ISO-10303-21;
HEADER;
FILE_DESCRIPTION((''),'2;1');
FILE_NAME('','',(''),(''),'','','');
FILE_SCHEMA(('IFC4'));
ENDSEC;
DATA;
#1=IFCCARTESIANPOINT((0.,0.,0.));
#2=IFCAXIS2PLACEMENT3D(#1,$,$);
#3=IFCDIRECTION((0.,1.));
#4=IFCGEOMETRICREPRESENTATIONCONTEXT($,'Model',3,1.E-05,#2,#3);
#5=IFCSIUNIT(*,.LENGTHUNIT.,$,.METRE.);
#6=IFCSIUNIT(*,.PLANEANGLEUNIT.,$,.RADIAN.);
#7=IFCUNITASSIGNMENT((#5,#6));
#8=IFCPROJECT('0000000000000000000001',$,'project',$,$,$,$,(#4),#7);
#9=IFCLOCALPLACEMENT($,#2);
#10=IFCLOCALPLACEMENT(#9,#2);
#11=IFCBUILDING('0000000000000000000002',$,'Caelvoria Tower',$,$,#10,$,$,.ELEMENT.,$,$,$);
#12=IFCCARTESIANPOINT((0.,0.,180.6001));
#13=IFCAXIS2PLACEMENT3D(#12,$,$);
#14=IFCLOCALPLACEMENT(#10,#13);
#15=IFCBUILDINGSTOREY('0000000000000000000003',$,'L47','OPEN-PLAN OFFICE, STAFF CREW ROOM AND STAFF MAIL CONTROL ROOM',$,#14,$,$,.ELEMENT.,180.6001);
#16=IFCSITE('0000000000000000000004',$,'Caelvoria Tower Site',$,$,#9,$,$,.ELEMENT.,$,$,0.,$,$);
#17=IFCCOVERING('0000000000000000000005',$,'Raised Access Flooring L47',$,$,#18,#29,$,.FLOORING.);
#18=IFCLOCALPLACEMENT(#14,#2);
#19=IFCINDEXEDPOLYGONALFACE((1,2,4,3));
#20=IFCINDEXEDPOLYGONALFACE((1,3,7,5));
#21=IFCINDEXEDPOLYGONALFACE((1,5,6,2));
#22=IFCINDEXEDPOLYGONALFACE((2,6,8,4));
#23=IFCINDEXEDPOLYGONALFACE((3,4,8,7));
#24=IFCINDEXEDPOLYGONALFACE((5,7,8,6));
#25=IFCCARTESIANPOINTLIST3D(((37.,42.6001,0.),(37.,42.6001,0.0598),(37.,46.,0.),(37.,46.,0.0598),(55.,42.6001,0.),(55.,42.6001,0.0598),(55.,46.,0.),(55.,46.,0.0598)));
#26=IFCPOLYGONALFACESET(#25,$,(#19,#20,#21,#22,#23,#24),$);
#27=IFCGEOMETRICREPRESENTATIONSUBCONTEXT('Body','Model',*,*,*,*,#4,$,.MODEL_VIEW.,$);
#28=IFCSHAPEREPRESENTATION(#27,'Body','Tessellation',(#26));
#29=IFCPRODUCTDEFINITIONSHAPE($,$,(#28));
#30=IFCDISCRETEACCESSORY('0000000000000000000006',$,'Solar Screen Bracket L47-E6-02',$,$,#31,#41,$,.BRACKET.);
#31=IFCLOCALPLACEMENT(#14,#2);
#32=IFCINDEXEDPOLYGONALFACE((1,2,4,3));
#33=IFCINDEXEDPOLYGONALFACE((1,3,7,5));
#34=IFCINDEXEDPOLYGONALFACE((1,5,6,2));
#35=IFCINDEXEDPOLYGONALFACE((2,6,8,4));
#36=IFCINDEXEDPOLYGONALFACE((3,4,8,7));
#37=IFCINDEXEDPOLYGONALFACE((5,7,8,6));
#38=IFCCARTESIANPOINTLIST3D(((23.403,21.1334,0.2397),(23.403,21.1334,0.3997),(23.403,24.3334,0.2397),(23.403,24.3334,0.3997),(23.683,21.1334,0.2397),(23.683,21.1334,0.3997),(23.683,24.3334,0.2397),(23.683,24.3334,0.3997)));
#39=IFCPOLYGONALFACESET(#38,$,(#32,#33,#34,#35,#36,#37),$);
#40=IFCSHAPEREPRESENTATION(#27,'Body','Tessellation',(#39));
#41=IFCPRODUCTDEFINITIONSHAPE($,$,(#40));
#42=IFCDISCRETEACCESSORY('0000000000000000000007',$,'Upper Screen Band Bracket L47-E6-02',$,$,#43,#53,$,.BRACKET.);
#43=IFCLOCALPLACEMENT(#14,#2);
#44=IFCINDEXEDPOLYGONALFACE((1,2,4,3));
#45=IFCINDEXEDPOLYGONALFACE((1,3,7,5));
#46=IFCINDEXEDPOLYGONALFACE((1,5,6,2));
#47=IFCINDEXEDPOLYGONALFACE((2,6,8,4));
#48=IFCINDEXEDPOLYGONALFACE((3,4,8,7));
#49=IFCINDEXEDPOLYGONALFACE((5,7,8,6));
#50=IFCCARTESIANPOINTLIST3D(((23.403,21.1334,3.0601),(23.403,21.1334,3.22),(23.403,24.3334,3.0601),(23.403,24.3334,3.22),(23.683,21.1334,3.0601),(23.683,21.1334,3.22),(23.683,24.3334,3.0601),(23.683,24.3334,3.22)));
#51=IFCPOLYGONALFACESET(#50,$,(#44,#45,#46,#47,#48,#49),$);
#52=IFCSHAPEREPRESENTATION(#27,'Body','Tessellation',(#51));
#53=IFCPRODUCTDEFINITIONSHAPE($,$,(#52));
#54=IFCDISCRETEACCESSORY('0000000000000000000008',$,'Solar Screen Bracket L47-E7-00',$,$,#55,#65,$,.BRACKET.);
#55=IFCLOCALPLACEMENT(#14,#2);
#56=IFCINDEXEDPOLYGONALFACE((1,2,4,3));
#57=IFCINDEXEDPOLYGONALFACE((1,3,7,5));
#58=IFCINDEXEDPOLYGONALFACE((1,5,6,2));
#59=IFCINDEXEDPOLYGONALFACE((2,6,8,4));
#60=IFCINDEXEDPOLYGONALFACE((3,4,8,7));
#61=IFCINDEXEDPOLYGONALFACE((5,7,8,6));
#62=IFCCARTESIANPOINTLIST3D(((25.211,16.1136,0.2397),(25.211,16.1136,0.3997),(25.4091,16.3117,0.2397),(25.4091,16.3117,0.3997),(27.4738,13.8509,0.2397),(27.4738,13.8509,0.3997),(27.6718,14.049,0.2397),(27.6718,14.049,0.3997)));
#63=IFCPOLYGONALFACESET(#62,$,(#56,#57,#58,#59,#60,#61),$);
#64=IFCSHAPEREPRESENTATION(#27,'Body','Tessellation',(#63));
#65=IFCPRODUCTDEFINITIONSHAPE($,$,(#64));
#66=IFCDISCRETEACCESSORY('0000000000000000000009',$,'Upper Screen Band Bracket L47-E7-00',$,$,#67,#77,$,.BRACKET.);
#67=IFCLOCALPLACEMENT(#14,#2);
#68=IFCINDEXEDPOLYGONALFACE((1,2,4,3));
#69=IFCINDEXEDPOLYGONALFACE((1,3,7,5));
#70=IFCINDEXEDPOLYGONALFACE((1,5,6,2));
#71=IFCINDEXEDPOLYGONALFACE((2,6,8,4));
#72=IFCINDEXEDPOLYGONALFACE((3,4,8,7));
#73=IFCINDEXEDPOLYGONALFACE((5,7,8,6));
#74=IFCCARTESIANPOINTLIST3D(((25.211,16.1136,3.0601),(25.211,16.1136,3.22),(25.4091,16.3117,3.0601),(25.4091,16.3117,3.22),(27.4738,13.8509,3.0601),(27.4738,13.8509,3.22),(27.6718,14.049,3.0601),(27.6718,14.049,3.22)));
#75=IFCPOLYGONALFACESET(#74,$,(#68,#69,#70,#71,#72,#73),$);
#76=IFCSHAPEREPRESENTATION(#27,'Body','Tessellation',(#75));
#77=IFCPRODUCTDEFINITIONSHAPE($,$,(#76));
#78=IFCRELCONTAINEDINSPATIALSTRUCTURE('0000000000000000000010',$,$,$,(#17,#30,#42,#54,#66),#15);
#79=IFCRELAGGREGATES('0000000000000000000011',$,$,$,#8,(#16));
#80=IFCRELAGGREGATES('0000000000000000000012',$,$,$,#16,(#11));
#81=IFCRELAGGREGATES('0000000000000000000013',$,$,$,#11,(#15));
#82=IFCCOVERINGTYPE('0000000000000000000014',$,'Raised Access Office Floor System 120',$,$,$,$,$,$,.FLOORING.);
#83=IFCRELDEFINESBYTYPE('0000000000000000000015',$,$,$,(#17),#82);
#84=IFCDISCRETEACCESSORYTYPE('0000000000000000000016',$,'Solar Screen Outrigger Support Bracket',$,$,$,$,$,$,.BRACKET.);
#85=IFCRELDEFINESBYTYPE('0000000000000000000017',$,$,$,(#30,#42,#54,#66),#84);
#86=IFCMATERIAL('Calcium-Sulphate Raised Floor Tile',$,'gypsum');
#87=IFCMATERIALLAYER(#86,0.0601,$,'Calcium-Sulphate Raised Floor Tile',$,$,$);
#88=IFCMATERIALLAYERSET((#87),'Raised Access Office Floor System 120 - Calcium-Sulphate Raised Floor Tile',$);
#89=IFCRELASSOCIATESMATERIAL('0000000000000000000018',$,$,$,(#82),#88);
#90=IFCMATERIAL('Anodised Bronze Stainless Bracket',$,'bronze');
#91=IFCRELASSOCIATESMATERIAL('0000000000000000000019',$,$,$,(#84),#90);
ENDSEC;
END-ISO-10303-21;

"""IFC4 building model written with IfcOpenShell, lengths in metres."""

from ifc_helpers import new_model, si_unit, direction, frame, origin, origin_2d, place, context, subcontext, project, spatial, polyline, rectangle, outline, extrude, material, layer, layer_set, type_object, element, save


model = new_model("IFC4")

# Units and contexts
model_context = context("Model", 3, precision=1e-05, world=origin(), true_north=direction((0.0, 1.0)))
body_context = subcontext(model_context, "Body", "Model", "MODEL_VIEW")
ifc_project = project(units=[si_unit("LENGTHUNIT", "METRE"), si_unit("PLANEANGLEUNIT", "RADIAN")], contexts=[model_context])

# Site, building, storey
site_placement = place(None, origin())
site = spatial("IfcSite", under=ifc_project, at=site_placement, Name="Caelvoria Tower Site", CompositionType="ELEMENT", RefElevation=0.0)
building_placement = place(site_placement, origin())
building = spatial("IfcBuilding", under=site, at=building_placement, Name="Caelvoria Tower", CompositionType="ELEMENT")
storey_placement = place(building_placement, frame((0.0, 0.0, 180.6001)))
storey = spatial("IfcBuildingStorey", under=building, at=storey_placement, Name="L47", Description="OPEN-PLAN OFFICE, STAFF CREW ROOM AND STAFF MAIL CONTROL ROOM", CompositionType="ELEMENT", Elevation=180.6001)

# Covering
ifc_material_1 = material(Name="Calcium-Sulphate Raised Floor Tile", Category="gypsum")
ifc_layer_1 = layer(ifc_material_1, 0.0601, Name="Calcium-Sulphate Raised Floor Tile")
ifc_layer_set_1 = layer_set([ifc_layer_1], Name="Raised Access Office Floor System 120 - Calcium-Sulphate Raised Floor Tile")
covering_type_1 = type_object("IfcCoveringType", Name="Raised Access Office Floor System 120", PredefinedType="FLOORING", material=ifc_layer_set_1)
covering_1_placement = place(storey_placement, origin())
element("IfcCovering", 1, at=covering_1_placement, inside=storey, type_object=covering_type_1, Name="Raised Access Flooring L47", PredefinedType="FLOORING", context=body_context, shape_type="SweptSolid", body=[
    extrude(outline(polyline([(37.0, 42.6001), (55.0, 42.6001), (55.0, 46.0), (37.0, 46.0), (37.0, 42.6001)])), origin(), (0.0, 0.0, 1.0), 0.0598),
])

# Discrete accessories
ifc_material_2 = material(Name="Anodised Bronze Stainless Bracket", Category="bronze")
discrete_accessory_type = type_object("IfcDiscreteAccessoryType", Name="Solar Screen Outrigger Support Bracket", PredefinedType="BRACKET", material=ifc_material_2)
for number, where, z_axis, x_axis, name in (
    (2, (23.543, 22.7334, 0.2397), (0.0, 0.0, 1.0), (0.0, -1.0, 0.0), "Solar Screen Bracket L47-E6-02"),
    (3, (23.543, 22.7334, 3.0601), (0.0, 0.0, 1.0), (0.0, -1.0, 0.0), "Upper Screen Band Bracket L47-E6-02"),
    (4, (26.4414, 15.0813, 0.2397), (0.0, 0.0, 1.0), (0.707107, -0.707107, 0.0), "Solar Screen Bracket L47-E7-00"),
    (5, (26.4414, 15.0813, 3.0601), (0.0, 0.0, 1.0), (0.707107, -0.707107, 0.0), "Upper Screen Band Bracket L47-E7-00"),
):
    element("IfcDiscreteAccessory", number, at=place(storey_placement, frame(where, z_axis=z_axis, x_axis=x_axis)), inside=storey, type_object=discrete_accessory_type, Name=name, PredefinedType="BRACKET", context=body_context, shape_type="SweptSolid", body=[
        extrude(rectangle(XDim=3.2, YDim=0.28, at=origin_2d()), origin(), (0.0, 0.0, 1.0), 0.1599),
    ])

save(model, "model.ifc")
